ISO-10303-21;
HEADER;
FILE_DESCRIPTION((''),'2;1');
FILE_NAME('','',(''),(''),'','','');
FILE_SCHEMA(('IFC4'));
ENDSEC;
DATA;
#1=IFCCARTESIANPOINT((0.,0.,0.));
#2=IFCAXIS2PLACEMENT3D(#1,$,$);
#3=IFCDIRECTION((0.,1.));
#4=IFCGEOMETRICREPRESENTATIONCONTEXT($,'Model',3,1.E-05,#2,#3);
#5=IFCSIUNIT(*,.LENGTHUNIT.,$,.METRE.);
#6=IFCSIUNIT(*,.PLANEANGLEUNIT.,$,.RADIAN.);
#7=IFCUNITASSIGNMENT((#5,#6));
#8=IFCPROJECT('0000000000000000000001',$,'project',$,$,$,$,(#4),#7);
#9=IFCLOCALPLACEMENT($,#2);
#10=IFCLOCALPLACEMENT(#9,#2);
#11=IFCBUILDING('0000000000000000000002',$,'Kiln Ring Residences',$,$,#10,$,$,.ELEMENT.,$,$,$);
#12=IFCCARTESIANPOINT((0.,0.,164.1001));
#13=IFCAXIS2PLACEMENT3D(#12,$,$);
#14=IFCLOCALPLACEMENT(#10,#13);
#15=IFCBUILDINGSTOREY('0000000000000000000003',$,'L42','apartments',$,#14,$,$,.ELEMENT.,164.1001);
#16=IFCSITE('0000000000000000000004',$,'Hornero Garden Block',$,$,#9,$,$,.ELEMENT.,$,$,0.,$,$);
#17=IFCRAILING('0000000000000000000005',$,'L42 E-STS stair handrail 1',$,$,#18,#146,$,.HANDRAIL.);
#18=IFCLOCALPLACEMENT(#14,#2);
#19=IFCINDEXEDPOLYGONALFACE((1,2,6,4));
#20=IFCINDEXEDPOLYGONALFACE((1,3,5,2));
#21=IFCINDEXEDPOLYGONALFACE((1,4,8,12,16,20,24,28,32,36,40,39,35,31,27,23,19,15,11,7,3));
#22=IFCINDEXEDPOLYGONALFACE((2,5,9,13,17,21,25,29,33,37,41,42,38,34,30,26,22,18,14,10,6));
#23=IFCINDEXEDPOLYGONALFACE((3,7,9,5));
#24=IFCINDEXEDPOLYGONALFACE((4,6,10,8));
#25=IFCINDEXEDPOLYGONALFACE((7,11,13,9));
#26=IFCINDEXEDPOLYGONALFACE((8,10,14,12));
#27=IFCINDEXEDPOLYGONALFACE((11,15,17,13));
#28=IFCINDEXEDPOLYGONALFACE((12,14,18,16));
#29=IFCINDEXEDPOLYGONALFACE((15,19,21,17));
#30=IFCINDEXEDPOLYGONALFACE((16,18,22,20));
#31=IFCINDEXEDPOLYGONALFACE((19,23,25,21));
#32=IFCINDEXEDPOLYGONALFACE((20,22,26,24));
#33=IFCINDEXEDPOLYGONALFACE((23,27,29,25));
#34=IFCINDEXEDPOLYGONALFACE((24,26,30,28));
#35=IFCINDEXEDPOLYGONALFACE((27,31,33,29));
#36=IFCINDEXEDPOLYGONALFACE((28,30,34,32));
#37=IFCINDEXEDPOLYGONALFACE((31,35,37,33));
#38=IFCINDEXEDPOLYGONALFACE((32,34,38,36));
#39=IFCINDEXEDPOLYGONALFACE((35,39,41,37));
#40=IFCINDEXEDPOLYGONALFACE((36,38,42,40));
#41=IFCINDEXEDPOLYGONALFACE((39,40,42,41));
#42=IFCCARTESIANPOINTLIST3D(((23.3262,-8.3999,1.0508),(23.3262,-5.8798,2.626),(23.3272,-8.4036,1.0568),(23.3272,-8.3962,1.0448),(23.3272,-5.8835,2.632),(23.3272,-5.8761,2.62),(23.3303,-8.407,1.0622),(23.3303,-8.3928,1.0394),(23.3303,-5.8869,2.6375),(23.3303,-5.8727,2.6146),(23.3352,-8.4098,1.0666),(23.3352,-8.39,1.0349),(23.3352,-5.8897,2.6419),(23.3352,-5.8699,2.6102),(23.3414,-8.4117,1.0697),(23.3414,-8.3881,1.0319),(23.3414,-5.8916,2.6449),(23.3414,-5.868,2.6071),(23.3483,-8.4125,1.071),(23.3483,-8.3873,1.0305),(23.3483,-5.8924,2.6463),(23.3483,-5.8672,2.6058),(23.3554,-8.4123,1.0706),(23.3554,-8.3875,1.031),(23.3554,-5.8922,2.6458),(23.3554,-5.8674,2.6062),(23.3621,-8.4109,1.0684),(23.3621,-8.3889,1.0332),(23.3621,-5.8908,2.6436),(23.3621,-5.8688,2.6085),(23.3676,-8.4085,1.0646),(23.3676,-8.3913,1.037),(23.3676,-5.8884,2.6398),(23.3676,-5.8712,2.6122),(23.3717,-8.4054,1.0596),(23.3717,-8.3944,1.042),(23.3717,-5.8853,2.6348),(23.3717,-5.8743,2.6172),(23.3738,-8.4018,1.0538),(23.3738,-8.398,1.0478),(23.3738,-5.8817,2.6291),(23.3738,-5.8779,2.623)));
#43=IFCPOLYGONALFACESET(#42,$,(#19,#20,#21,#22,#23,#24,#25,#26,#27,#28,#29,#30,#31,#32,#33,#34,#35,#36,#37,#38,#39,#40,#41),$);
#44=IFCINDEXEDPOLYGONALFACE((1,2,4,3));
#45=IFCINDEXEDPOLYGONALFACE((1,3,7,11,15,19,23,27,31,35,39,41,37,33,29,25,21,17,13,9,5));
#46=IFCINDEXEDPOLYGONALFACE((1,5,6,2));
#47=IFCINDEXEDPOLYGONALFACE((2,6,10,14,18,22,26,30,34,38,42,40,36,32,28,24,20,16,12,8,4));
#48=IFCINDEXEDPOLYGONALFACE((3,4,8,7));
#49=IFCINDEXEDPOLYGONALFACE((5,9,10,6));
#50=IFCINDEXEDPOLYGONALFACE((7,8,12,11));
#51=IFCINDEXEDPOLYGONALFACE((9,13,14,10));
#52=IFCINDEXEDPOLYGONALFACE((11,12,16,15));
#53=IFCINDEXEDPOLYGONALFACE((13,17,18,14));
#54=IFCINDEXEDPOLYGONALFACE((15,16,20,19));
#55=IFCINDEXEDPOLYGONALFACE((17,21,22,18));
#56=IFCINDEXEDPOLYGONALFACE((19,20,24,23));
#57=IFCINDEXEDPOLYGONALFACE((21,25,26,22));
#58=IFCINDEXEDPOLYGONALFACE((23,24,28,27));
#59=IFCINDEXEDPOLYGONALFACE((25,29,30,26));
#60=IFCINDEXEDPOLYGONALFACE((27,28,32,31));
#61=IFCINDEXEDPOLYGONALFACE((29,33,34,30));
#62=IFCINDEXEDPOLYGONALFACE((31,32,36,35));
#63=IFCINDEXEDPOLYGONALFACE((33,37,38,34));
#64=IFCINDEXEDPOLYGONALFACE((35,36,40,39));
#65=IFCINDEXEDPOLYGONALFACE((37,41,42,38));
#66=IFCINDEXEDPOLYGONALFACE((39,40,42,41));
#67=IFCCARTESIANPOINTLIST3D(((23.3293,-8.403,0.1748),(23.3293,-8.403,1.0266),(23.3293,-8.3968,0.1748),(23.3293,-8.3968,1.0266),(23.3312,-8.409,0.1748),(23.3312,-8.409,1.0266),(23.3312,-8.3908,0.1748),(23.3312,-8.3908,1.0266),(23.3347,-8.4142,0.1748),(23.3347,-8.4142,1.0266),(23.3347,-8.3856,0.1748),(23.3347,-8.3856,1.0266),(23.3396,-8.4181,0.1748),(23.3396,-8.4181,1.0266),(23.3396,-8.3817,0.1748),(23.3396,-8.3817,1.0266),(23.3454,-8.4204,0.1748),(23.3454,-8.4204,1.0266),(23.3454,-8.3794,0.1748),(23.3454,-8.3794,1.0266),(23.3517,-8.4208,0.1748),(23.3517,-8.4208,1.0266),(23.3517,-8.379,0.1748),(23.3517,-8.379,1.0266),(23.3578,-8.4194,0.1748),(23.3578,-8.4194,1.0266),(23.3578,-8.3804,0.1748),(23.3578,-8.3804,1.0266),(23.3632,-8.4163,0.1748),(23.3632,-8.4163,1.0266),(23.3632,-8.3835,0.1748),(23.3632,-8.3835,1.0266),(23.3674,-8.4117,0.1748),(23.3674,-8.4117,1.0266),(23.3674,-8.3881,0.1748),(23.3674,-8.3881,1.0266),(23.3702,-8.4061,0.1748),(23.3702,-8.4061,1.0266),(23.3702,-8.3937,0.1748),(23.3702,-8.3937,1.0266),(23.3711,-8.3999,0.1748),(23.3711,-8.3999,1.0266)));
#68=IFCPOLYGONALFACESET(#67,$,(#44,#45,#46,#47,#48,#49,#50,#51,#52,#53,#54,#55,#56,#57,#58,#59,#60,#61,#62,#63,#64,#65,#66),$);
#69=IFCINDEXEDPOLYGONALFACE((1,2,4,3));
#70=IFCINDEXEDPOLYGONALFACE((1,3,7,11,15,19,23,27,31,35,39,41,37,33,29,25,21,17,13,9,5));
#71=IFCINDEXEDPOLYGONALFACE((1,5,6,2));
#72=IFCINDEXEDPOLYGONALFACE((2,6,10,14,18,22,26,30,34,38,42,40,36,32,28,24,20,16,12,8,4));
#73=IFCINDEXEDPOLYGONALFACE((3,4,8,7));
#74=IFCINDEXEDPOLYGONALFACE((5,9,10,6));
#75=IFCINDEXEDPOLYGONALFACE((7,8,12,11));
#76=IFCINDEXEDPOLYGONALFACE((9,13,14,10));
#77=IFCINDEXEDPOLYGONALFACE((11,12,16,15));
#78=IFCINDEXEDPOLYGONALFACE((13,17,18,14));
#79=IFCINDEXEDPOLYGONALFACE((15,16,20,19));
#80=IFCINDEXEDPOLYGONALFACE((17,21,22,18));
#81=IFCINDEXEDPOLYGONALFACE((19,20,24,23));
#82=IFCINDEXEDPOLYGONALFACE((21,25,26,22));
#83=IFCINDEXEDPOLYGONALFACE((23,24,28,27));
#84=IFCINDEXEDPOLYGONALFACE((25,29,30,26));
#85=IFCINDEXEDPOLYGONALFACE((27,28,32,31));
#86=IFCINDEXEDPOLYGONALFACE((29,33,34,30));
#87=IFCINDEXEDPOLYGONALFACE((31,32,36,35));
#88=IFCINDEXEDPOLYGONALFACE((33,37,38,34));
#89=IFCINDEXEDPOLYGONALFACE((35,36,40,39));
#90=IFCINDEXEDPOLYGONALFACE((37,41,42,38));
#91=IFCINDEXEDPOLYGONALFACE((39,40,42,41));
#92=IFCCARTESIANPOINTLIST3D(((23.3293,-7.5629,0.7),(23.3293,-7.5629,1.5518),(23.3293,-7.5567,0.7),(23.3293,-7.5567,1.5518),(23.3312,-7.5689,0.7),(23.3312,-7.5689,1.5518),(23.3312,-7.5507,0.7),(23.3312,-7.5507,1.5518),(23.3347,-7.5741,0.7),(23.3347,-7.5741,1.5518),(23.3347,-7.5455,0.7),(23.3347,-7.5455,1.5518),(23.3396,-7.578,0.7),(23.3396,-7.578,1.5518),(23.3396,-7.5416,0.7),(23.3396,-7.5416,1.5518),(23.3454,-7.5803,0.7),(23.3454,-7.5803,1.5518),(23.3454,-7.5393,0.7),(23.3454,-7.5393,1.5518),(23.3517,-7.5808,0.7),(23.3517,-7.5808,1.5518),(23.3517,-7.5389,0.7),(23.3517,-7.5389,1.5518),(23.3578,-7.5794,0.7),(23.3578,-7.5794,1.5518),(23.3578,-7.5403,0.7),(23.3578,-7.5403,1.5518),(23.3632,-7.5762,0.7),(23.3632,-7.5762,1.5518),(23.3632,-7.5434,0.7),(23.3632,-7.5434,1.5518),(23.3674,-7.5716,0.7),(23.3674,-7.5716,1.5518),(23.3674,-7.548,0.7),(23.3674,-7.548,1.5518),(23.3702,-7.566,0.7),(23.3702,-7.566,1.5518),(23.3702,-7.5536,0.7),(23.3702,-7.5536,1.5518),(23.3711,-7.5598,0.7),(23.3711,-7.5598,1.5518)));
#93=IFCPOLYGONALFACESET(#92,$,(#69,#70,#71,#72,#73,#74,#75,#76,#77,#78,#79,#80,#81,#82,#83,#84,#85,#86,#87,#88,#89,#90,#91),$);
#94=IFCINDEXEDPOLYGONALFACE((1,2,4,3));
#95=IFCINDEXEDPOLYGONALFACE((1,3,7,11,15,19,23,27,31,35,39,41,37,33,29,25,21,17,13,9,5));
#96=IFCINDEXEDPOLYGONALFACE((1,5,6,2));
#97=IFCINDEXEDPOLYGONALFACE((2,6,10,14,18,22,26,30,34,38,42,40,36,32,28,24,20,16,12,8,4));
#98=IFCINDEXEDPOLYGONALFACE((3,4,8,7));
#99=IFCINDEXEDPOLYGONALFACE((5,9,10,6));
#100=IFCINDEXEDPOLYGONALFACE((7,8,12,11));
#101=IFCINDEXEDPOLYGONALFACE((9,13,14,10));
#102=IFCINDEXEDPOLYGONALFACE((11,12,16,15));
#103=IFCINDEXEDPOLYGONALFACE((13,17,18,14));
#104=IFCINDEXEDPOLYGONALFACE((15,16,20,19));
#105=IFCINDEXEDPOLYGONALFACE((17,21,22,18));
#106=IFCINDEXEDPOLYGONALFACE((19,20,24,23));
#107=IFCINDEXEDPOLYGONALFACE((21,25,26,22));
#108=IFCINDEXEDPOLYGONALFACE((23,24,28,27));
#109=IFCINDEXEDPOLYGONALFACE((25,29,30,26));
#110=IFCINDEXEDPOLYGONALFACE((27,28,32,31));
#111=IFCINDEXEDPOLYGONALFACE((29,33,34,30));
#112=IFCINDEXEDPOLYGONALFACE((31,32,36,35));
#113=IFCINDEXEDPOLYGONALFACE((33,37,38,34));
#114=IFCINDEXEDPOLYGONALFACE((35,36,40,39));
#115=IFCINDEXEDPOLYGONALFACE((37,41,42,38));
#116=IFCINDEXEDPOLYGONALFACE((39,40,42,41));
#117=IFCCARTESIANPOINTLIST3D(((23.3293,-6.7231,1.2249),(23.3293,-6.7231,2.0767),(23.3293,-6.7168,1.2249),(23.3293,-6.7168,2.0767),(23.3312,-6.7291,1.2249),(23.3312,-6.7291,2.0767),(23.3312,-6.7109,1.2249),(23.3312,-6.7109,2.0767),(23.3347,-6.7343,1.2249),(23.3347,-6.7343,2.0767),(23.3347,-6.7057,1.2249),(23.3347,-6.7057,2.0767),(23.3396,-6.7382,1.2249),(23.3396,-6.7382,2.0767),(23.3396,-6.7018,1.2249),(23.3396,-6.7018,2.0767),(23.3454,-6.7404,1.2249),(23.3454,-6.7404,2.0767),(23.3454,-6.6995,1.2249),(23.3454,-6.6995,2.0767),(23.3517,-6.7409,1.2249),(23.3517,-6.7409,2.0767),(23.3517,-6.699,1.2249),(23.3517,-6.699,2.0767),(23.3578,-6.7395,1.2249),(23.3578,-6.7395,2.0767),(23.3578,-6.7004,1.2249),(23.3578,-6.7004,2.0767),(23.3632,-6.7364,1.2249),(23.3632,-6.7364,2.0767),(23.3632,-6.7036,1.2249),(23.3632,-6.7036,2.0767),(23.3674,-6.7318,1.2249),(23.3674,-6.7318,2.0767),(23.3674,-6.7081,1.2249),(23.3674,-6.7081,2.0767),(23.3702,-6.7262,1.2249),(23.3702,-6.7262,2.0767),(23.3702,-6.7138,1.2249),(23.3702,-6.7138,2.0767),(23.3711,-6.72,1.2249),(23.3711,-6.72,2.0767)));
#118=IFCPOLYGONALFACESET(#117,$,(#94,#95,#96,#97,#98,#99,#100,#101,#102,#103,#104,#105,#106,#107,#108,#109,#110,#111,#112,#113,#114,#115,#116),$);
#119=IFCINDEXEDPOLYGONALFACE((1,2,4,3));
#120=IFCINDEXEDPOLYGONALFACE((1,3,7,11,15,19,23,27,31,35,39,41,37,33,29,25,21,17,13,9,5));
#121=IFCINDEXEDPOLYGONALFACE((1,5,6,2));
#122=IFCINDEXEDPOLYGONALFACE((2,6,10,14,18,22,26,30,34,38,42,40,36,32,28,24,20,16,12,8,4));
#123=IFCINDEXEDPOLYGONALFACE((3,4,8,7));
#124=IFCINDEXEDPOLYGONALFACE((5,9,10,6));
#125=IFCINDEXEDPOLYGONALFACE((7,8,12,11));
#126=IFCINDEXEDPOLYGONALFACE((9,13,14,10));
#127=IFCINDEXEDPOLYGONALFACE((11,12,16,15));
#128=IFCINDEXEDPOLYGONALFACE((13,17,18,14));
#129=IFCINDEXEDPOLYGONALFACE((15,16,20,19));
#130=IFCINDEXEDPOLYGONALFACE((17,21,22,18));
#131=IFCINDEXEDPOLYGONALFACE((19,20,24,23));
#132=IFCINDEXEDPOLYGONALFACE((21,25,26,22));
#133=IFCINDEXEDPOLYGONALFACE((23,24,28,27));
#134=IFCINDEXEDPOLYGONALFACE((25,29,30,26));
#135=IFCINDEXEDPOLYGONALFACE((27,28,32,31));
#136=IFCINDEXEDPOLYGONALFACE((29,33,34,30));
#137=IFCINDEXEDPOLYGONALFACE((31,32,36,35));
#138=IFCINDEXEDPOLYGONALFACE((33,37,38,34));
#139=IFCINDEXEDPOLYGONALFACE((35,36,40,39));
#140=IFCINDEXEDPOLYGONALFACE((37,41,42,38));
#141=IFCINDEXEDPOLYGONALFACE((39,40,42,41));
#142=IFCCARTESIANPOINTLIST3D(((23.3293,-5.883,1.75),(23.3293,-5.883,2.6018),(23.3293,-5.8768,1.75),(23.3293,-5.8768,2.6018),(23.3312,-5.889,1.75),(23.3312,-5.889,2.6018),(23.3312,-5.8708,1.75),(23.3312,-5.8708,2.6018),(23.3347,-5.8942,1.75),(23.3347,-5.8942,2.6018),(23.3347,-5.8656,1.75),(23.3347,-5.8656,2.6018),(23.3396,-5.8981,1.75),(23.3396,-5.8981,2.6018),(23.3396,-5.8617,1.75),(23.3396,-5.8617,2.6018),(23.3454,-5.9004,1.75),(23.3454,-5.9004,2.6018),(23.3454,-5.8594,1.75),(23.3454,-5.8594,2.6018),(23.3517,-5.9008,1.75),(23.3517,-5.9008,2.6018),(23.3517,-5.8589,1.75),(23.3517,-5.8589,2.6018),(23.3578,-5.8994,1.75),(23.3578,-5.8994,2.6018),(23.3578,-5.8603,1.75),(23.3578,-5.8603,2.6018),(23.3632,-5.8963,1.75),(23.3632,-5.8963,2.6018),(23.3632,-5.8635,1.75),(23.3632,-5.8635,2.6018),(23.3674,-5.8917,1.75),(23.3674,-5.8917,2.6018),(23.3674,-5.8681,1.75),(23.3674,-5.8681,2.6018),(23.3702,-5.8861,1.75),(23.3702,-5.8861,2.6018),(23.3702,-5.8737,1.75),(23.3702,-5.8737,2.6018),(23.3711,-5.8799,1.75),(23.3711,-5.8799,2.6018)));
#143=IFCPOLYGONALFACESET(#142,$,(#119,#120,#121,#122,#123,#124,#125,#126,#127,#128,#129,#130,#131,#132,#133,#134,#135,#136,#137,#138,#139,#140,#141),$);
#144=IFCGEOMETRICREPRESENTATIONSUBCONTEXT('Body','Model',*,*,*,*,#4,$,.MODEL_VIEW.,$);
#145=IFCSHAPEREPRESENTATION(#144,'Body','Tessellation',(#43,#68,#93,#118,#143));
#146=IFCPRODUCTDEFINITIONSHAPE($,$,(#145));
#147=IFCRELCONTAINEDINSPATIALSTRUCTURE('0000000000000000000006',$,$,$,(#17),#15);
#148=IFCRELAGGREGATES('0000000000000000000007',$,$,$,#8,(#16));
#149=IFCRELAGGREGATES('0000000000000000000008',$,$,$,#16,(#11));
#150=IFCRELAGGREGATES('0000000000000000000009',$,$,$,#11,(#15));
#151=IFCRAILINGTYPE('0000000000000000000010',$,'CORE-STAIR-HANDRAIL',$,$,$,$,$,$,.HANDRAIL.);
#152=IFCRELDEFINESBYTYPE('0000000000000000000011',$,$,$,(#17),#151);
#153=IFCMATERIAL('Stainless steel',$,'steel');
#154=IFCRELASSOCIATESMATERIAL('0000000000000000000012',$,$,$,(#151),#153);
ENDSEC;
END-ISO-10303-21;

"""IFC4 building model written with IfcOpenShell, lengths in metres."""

from ifc_helpers import new_model, si_unit, direction, frame, origin, origin_2d, place, context, subcontext, project, spatial, circle, extrude, material, type_object, element, save


model = new_model("IFC4")

# Units and contexts
model_context = context("Model", 3, precision=1e-05, world=origin(), true_north=direction((0.0, 1.0)))
body_context = subcontext(model_context, "Body", "Model", "MODEL_VIEW")
ifc_project = project(units=[si_unit("LENGTHUNIT", "METRE"), si_unit("PLANEANGLEUNIT", "RADIAN")], contexts=[model_context])

# Site, building, storey
site_placement = place(None, origin())
site = spatial("IfcSite", under=ifc_project, at=site_placement, Name="Hornero Garden Block", CompositionType="ELEMENT", RefElevation=0.0)
building_placement = place(site_placement, origin())
building = spatial("IfcBuilding", under=site, at=building_placement, Name="Kiln Ring Residences", CompositionType="ELEMENT")
storey_placement = place(building_placement, frame((0.0, 0.0, 164.1001)))
storey = spatial("IfcBuildingStorey", under=building, at=storey_placement, Name="L42", Description="apartments", CompositionType="ELEMENT", Elevation=164.1001)

# Railing
ifc_material_1 = material(Name="Stainless steel", Category="steel")
railing_type_1 = type_object("IfcRailingType", Name="CORE-STAIR-HANDRAIL", PredefinedType="HANDRAIL", material=ifc_material_1)
railing_1_placement = place(storey_placement, frame((23.3501, -8.3999, 0.1748)))
element("IfcRailing", 1, at=railing_1_placement, inside=storey, type_object=railing_type_1, Name="L42 E-STS stair handrail 1", PredefinedType="HANDRAIL", context=body_context, shape_type="SweptSolid", body=[
    extrude(circle(Radius=0.0239, at=origin_2d()), frame((0.0, 0.0, 0.876), z_axis=(0.0, 0.847971, 0.530043), x_axis=(-1.0, 0.0, 0.0)), (0.0, 0.0, 1.0), 2.9719),
    extrude(circle(Radius=0.021, at=origin_2d()), origin(), (0.0, 0.0, 1.0), 0.8518),
    extrude(circle(Radius=0.021, at=origin_2d()), frame((0.0, 0.8401, 0.5251)), (0.0, 0.0, 1.0), 0.8518),
    extrude(circle(Radius=0.021, at=origin_2d()), frame((0.0, 1.6799, 1.05)), (0.0, 0.0, 1.0), 0.8518),
    extrude(circle(Radius=0.021, at=origin_2d()), frame((0.0, 2.52, 1.5752)), (0.0, 0.0, 1.0), 0.8518),
])

save(model, "model.ifc")
